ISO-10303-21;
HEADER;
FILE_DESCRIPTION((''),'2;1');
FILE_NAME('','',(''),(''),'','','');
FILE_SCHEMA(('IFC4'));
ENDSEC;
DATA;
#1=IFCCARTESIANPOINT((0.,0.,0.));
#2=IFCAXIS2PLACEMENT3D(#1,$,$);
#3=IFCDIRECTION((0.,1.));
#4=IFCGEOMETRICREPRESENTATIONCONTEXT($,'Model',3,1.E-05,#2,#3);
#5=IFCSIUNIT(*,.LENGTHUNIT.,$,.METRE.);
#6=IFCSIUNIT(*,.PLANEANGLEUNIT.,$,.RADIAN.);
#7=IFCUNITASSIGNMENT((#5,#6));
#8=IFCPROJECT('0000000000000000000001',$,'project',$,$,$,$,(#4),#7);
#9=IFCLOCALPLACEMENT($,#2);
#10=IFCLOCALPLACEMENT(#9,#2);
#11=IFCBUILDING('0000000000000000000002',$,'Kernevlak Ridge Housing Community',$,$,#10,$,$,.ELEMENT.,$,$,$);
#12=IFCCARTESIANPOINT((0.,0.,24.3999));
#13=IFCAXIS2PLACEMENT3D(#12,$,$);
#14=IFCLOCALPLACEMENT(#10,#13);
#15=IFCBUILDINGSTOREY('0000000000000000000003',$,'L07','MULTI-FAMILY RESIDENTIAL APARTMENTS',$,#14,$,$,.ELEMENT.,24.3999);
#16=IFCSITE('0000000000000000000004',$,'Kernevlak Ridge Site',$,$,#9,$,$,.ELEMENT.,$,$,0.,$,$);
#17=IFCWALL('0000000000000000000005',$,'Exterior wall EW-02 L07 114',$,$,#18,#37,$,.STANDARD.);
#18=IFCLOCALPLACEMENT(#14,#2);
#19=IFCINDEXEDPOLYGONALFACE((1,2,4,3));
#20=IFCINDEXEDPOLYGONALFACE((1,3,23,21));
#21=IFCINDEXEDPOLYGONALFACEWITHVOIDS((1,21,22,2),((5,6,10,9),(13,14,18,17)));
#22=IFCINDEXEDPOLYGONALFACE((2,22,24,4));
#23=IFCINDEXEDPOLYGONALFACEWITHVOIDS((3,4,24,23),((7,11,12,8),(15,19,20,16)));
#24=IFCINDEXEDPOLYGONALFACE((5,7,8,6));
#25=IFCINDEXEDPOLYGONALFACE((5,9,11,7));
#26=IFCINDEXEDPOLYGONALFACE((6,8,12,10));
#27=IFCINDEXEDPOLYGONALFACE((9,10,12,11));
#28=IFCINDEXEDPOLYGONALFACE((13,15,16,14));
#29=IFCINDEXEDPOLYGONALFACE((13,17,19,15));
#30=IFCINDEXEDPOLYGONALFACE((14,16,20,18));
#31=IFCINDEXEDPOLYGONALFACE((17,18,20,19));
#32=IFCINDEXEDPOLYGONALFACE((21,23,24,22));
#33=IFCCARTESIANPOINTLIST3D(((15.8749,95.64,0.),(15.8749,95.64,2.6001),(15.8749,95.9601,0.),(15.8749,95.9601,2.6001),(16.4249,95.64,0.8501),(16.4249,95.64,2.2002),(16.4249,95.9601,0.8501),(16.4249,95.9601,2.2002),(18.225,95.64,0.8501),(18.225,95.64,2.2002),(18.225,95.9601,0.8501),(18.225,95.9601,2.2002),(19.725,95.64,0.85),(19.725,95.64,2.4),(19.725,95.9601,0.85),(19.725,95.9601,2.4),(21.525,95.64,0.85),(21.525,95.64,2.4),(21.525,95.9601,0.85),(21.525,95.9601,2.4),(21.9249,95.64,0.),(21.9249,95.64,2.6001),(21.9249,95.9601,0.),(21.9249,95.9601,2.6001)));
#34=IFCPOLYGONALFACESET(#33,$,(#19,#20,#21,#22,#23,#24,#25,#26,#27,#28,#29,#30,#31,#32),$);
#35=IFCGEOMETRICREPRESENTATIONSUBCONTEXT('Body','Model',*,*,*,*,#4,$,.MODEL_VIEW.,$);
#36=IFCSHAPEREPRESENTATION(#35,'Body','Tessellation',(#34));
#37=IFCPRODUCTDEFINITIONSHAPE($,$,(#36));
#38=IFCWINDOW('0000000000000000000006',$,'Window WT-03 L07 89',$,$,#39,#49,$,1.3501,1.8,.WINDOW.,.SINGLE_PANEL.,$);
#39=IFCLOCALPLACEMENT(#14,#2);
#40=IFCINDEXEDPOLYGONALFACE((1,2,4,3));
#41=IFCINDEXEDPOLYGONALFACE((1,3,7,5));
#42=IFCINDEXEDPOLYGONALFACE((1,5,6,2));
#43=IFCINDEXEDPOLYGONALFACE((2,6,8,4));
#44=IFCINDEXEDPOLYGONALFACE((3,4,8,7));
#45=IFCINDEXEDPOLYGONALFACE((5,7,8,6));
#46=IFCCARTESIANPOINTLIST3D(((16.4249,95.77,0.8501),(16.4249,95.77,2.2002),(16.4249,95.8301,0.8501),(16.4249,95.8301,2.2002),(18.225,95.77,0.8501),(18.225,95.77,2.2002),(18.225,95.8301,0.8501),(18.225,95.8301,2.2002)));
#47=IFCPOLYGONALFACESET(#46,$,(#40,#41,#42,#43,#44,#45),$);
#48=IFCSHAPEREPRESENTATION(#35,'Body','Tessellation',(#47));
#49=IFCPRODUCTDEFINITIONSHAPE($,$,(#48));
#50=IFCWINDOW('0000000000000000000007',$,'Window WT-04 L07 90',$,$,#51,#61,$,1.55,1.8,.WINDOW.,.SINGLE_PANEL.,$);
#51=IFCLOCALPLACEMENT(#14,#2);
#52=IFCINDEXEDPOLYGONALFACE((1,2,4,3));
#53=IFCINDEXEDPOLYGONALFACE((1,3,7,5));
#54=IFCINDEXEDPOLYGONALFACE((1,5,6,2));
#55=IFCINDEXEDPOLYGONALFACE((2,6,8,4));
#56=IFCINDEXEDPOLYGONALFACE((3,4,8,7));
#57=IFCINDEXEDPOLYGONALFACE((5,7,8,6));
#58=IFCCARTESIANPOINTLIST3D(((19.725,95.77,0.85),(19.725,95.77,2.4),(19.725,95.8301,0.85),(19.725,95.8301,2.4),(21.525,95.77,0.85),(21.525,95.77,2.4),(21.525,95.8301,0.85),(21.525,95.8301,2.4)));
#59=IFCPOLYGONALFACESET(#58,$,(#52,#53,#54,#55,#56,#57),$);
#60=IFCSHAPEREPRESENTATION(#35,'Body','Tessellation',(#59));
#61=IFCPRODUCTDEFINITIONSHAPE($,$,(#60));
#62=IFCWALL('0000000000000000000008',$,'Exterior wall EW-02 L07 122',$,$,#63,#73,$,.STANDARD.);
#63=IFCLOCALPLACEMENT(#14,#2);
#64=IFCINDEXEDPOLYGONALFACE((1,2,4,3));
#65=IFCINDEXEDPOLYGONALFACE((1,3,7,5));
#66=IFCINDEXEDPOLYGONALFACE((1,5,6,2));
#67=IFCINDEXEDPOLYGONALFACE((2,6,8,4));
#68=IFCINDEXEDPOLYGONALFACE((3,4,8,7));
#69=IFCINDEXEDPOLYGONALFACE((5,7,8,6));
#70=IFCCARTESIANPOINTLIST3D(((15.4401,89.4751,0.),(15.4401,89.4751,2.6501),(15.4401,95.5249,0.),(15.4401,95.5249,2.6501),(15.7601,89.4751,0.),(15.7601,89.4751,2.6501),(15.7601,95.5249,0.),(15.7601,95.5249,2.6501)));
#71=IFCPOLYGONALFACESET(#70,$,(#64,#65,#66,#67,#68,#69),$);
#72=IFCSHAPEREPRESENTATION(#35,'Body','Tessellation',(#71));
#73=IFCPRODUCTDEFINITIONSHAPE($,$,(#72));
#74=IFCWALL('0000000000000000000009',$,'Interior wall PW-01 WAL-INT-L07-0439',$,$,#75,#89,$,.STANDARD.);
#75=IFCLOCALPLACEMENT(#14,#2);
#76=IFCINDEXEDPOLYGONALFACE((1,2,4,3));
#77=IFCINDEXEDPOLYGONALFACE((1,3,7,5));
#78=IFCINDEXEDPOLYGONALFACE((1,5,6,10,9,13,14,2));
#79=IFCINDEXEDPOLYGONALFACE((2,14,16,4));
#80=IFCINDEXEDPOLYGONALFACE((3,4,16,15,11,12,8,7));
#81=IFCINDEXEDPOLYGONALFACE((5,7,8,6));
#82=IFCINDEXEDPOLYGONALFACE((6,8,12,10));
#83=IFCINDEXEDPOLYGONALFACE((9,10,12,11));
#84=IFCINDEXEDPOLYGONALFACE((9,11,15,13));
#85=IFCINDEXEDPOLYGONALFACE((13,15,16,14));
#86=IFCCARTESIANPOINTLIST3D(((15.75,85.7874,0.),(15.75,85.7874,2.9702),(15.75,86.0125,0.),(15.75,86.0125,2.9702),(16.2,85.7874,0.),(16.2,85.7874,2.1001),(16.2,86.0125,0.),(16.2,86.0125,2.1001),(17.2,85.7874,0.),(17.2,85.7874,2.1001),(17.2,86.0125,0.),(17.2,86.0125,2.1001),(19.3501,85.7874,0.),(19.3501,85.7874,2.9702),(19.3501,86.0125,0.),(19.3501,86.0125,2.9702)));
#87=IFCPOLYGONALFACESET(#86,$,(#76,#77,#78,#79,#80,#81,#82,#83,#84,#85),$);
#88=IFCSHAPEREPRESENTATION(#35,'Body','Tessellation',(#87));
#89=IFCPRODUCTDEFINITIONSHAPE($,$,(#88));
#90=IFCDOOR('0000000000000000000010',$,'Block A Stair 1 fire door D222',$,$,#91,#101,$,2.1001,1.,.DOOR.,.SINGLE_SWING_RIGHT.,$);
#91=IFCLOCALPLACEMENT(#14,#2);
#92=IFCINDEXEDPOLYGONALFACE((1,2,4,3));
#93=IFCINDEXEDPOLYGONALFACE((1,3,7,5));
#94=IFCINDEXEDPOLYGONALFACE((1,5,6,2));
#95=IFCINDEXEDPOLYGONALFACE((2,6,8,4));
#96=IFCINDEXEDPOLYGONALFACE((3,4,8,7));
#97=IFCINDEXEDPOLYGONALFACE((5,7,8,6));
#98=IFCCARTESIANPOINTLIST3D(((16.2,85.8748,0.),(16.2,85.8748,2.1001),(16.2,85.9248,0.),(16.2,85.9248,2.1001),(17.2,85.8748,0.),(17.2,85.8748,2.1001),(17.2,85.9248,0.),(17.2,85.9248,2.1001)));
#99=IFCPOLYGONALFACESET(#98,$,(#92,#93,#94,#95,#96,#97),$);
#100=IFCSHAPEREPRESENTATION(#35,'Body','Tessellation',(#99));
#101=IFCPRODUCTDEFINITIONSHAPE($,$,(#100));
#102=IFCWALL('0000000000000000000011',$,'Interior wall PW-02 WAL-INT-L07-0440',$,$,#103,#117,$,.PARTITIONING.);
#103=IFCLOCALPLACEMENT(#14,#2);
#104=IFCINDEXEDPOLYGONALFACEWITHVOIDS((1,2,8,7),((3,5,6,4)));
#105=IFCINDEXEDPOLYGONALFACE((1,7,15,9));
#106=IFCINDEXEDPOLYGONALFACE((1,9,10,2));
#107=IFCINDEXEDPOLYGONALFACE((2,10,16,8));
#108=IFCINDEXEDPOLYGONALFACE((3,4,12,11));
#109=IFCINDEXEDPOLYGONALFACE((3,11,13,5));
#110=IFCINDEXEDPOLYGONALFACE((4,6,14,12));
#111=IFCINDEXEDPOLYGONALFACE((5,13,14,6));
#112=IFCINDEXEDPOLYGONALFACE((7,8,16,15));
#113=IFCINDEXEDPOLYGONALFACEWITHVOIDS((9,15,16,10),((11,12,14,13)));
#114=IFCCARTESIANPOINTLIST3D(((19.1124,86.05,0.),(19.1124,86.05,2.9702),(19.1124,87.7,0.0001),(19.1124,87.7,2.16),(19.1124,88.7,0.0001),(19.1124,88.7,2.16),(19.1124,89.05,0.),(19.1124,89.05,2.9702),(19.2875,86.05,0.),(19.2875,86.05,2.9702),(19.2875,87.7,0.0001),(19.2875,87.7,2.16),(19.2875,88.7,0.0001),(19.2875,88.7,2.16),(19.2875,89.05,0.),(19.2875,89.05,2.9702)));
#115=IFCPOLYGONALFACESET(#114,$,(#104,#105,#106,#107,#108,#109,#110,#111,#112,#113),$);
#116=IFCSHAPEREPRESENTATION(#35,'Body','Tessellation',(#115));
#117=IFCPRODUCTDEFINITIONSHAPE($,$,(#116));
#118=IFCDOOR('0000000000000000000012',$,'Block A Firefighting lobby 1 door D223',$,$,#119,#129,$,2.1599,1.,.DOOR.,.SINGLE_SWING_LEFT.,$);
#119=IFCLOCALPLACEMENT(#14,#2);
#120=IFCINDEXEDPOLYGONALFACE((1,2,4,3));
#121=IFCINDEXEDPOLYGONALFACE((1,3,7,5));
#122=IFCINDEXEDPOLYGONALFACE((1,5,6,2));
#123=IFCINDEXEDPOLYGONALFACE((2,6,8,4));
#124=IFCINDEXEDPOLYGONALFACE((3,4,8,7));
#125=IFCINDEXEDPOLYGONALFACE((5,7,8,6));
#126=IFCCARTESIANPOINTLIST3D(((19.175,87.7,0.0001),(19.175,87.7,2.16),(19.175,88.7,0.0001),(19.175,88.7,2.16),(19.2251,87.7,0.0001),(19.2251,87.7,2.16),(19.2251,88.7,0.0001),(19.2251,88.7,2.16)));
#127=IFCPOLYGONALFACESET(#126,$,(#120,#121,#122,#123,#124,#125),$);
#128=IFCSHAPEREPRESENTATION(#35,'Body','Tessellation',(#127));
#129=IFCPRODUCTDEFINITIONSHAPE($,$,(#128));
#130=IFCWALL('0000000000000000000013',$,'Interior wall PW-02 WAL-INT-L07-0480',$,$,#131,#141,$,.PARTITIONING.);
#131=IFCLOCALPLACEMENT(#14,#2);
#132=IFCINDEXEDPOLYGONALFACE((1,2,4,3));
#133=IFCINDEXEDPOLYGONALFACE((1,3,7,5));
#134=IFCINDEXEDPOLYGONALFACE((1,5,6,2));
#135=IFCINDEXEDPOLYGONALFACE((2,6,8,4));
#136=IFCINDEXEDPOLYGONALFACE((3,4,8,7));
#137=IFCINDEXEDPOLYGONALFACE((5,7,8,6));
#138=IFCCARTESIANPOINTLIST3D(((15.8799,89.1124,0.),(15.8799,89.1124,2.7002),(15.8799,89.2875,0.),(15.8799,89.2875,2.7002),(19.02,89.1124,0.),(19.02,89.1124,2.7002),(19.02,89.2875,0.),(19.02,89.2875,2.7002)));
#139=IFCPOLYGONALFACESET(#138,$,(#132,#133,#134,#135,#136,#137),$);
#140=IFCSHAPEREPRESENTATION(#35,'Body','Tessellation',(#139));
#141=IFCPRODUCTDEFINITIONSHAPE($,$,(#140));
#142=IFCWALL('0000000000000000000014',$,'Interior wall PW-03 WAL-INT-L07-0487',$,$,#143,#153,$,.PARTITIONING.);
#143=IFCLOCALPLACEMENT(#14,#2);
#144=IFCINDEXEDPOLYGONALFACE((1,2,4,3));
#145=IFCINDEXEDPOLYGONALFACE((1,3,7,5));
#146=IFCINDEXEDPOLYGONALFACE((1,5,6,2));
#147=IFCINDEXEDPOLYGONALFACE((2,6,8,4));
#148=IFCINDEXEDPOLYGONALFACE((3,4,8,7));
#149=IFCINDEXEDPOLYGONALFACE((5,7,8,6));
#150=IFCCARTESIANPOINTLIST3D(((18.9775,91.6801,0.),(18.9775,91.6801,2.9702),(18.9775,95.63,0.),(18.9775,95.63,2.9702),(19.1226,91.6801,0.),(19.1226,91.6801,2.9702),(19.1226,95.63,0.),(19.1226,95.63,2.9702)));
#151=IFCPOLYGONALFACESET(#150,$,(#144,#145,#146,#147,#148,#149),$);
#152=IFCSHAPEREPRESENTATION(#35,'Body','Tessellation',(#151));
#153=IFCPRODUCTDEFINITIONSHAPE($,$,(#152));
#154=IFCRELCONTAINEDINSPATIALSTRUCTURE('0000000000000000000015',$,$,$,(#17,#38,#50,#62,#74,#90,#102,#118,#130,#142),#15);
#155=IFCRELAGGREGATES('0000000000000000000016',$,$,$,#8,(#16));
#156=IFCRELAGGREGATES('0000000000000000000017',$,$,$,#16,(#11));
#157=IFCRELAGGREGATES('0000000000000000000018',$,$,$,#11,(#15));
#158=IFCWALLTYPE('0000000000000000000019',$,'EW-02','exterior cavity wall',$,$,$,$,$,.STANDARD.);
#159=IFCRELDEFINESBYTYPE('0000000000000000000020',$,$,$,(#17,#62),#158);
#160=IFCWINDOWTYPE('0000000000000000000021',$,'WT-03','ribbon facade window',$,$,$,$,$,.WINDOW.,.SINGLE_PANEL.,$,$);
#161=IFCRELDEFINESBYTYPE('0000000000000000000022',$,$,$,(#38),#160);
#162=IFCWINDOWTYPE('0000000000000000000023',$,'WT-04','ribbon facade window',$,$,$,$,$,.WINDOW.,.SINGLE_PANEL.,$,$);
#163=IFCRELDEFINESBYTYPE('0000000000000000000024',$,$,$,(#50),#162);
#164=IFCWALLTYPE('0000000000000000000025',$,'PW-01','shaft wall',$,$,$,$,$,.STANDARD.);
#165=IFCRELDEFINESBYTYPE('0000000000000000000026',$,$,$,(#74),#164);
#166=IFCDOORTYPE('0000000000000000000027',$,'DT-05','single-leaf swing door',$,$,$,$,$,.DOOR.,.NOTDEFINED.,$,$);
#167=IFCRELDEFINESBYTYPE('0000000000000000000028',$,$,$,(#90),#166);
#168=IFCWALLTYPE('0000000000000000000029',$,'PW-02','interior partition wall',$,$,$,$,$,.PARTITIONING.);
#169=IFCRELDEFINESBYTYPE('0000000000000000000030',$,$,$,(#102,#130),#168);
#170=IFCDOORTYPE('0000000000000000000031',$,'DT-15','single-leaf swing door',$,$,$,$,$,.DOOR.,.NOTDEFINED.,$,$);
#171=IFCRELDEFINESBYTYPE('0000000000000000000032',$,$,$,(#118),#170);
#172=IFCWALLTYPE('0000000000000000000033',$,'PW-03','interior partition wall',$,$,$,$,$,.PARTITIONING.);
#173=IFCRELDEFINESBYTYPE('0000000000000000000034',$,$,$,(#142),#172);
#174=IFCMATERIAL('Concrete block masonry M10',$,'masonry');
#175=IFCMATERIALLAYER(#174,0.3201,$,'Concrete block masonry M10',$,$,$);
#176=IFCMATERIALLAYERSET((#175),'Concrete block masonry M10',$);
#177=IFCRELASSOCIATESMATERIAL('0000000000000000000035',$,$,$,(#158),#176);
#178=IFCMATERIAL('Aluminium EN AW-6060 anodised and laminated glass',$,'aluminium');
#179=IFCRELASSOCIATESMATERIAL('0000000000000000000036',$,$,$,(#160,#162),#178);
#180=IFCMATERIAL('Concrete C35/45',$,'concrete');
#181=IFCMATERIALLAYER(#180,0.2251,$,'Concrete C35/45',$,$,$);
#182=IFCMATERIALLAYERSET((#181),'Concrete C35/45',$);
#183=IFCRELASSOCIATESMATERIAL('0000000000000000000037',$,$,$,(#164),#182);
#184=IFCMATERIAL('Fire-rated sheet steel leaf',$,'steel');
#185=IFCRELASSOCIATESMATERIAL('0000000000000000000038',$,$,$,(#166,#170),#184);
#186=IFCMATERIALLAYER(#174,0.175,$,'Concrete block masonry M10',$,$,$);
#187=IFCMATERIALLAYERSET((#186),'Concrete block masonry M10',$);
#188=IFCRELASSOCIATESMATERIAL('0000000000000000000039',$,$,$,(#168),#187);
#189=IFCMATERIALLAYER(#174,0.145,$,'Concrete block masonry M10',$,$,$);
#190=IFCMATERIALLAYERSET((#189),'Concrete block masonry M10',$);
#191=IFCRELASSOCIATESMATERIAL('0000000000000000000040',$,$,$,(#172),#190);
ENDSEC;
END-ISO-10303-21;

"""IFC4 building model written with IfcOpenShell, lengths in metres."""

from ifc_helpers import new_model, si_unit, direction, frame, frame_2d, origin, place, context, subcontext, project, spatial, rectangle, extrude, material, layer, layer_set, type_object, element, fill, save


model = new_model("IFC4")

# Units and contexts
model_context = context("Model", 3, precision=1e-05, world=origin(), true_north=direction((0.0, 1.0)))
body_context = subcontext(model_context, "Body", "Model", "MODEL_VIEW")
ifc_project = project(units=[si_unit("LENGTHUNIT", "METRE"), si_unit("PLANEANGLEUNIT", "RADIAN")], contexts=[model_context])

# Site, building, storey
site_placement = place(None, origin())
site = spatial("IfcSite", under=ifc_project, at=site_placement, Name="Kernevlak Ridge Site", CompositionType="ELEMENT", RefElevation=0.0)
building_placement = place(site_placement, origin())
building = spatial("IfcBuilding", under=site, at=building_placement, Name="Kernevlak Ridge Housing Community", CompositionType="ELEMENT")
storey_placement = place(building_placement, frame((0.0, 0.0, 24.3999)))
storey = spatial("IfcBuildingStorey", under=building, at=storey_placement, Name="L07", Description="MULTI-FAMILY RESIDENTIAL APARTMENTS", CompositionType="ELEMENT", Elevation=24.3999)

# Shared definitions
ifc_material_1 = material(Name="Concrete C35/45", Category="concrete")

# Shared definitions
ifc_material_2 = material(Name="Aluminium EN AW-6060 anodised and laminated glass", Category="aluminium")

# Wall, openings, windows
ifc_material_3 = material(Name="Concrete block masonry M10", Category="masonry")
ifc_layer_1 = layer(ifc_material_3, 0.3201, Name="Concrete block masonry M10")
ifc_layer_set_1 = layer_set([ifc_layer_1], Name="Concrete block masonry M10")
wall_type_1 = type_object("IfcWallType", Name="EW-02", Description="exterior cavity wall", PredefinedType="STANDARD", material=ifc_layer_set_1)
wall_1_placement = place(storey_placement, frame((15.875, 95.8, 0.0), z_axis=(0.0, 0.0, 1.0), x_axis=(1.0, 0.0, 0.0)))
wall_1 = element("IfcWall", 1, at=wall_1_placement, inside=storey, type_object=wall_type_1, Name="Exterior wall EW-02 L07 114", PredefinedType="STANDARD", context=body_context, shape_type="SweptSolid", body=[
    extrude(rectangle(XDim=6.05, YDim=0.3201, at=frame_2d((3.0249, 0.0))), origin(), (0.0, 0.0, 1.0), 2.6001),
])
opening_1_placement = place(wall_1_placement, frame((0.55, 0.0, 0.8501)))
opening_1 = element("IfcOpeningElement", 2, at=opening_1_placement, cuts=wall_1, PredefinedType="OPENING", context=body_context, shape_type="SweptSolid", body=[
    extrude(rectangle(XDim=1.8, YDim=1.3501, at=frame_2d((0.8999, 0.675))), frame((0.0, 0.1699, 0.0), z_axis=(0.0, -1.0, 0.0), x_axis=(1.0, 0.0, 0.0)), (0.0, 0.0, 1.0), 0.3401),
])
opening_2_placement = place(wall_1_placement, frame((3.8501, 0.0, 0.8501)))
opening_2 = element("IfcOpeningElement", 3, at=opening_2_placement, cuts=wall_1, PredefinedType="OPENING", context=body_context, shape_type="SweptSolid", body=[
    extrude(rectangle(XDim=1.8, YDim=1.55, at=frame_2d((0.8999, 0.7749))), frame((0.0, 0.1699, 0.0), z_axis=(0.0, -1.0, 0.0), x_axis=(1.0, 0.0, 0.0)), (0.0, 0.0, 1.0), 0.3401),
])
window_type_1 = type_object("IfcWindowType", Name="WT-03", Description="ribbon facade window", PartitioningType="SINGLE_PANEL", PredefinedType="WINDOW", material=ifc_material_2)
window_1_placement = place(opening_1_placement, origin())
window_1 = element("IfcWindow", 4, at=window_1_placement, inside=storey, type_object=window_type_1, Name="Window WT-03 L07 89", OverallHeight=1.3501, OverallWidth=1.8, PartitioningType="SINGLE_PANEL", PredefinedType="WINDOW", context=body_context, shape_type="SweptSolid", body=[
    extrude(rectangle(XDim=1.8, YDim=1.3501, at=frame_2d((0.8999, 0.675))), frame((0.0, 0.03, 0.0), z_axis=(0.0, -1.0, 0.0), x_axis=(1.0, 0.0, 0.0)), (0.0, 0.0, 1.0), 0.0601),
])
fill(opening_1, window_1)
window_type_2 = type_object("IfcWindowType", Name="WT-04", Description="ribbon facade window", PartitioningType="SINGLE_PANEL", PredefinedType="WINDOW", material=ifc_material_2)
window_2_placement = place(opening_2_placement, origin())
window_2 = element("IfcWindow", 5, at=window_2_placement, inside=storey, type_object=window_type_2, Name="Window WT-04 L07 90", OverallHeight=1.55, OverallWidth=1.8, PartitioningType="SINGLE_PANEL", PredefinedType="WINDOW", context=body_context, shape_type="SweptSolid", body=[
    extrude(rectangle(XDim=1.8, YDim=1.55, at=frame_2d((0.8999, 0.7749))), frame((0.0, 0.03, 0.0), z_axis=(0.0, -1.0, 0.0), x_axis=(1.0, 0.0, 0.0)), (0.0, 0.0, 1.0), 0.0601),
])
fill(opening_2, window_2)

# Wall
wall_2_placement = place(storey_placement, frame((15.6001, 89.4751, 0.0), z_axis=(0.0, 0.0, 1.0), x_axis=(0.0, 1.0, 0.0)))
element("IfcWall", 6, at=wall_2_placement, inside=storey, type_object=wall_type_1, Name="Exterior wall EW-02 L07 122", PredefinedType="STANDARD", context=body_context, shape_type="SweptSolid", body=[
    extrude(rectangle(XDim=6.0498, YDim=0.3201, at=frame_2d((3.0249, 0.0))), origin(), (0.0, 0.0, 1.0), 2.6501),
])

# Walls, openings, doors
ifc_layer_2 = layer(ifc_material_1, 0.2251, Name="Concrete C35/45")
ifc_layer_set_2 = layer_set([ifc_layer_2], Name="Concrete C35/45")
wall_type_2 = type_object("IfcWallType", Name="PW-01", Description="shaft wall", PredefinedType="STANDARD", material=ifc_layer_set_2)
wall_3_placement = place(storey_placement, frame((15.75, 85.8999, 0.0), z_axis=(0.0, 0.0, 1.0), x_axis=(1.0, 0.0, 0.0)))
wall_3 = element("IfcWall", 7, at=wall_3_placement, inside=storey, type_object=wall_type_2, Name="Interior wall PW-01 WAL-INT-L07-0439", PredefinedType="STANDARD", context=body_context, shape_type="SweptSolid", body=[
    extrude(rectangle(XDim=3.6001, YDim=0.2251, at=frame_2d((1.8, 0.0))), origin(), (0.0, 0.0, 1.0), 2.9702),
])
opening_3_placement = place(wall_3_placement, frame((0.45, 0.0, 0.0)))
opening_3 = element("IfcOpeningElement", 8, at=opening_3_placement, cuts=wall_3, PredefinedType="OPENING", context=body_context, shape_type="SweptSolid", body=[
    extrude(rectangle(XDim=1.0, YDim=2.1001, at=frame_2d((0.5, 1.05))), frame((0.0, 0.1226, 0.0), z_axis=(0.0, -1.0, 0.0), x_axis=(1.0, 0.0, 0.0)), (0.0, 0.0, 1.0), 0.2451),
])
ifc_material_4 = material(Name="Fire-rated sheet steel leaf", Category="steel")
door_type_1 = type_object("IfcDoorType", Name="DT-05", Description="single-leaf swing door", OperationType="NOTDEFINED", PredefinedType="DOOR", material=ifc_material_4)
door_1_placement = place(opening_3_placement, origin())
door_1 = element("IfcDoor", 9, at=door_1_placement, inside=storey, type_object=door_type_1, Name="Block A Stair 1 fire door D222", OperationType="SINGLE_SWING_RIGHT", OverallHeight=2.1001, OverallWidth=1.0, PredefinedType="DOOR", context=body_context, shape_type="SweptSolid", body=[
    extrude(rectangle(XDim=1.0, YDim=2.1001, at=frame_2d((0.5, 1.05))), frame((0.0, 0.0249, 0.0), z_axis=(0.0, -1.0, 0.0), x_axis=(1.0, 0.0, 0.0)), (0.0, 0.0, 1.0), 0.05),
])
fill(opening_3, door_1)
ifc_layer_3 = layer(ifc_material_3, 0.175, Name="Concrete block masonry M10")
ifc_layer_set_3 = layer_set([ifc_layer_3], Name="Concrete block masonry M10")
wall_type_3 = type_object("IfcWallType", Name="PW-02", Description="interior partition wall", PredefinedType="PARTITIONING", material=ifc_layer_set_3)
wall_4_placement = place(storey_placement, frame((19.2, 86.05, 0.0), z_axis=(0.0, 0.0, 1.0), x_axis=(0.0, 1.0, 0.0)))
wall_4 = element("IfcWall", 10, at=wall_4_placement, inside=storey, type_object=wall_type_3, Name="Interior wall PW-02 WAL-INT-L07-0440", PredefinedType="PARTITIONING", context=body_context, shape_type="SweptSolid", body=[
    extrude(rectangle(XDim=3.0, YDim=0.175, at=frame_2d((1.5, 0.0))), origin(), (0.0, 0.0, 1.0), 2.9702),
])
opening_4_placement = place(wall_4_placement, frame((1.6499, 0.0, 0.0)))
opening_4 = element("IfcOpeningElement", 11, at=opening_4_placement, cuts=wall_4, PredefinedType="OPENING", context=body_context, shape_type="SweptSolid", body=[
    extrude(rectangle(XDim=1.0, YDim=2.1599, at=frame_2d((0.5, 1.0801))), frame((0.0, 0.0974, 0.0), z_axis=(0.0, -1.0, 0.0), x_axis=(1.0, 0.0, 0.0)), (0.0, 0.0, 1.0), 0.1951),
])
door_type_2 = type_object("IfcDoorType", Name="DT-15", Description="single-leaf swing door", OperationType="NOTDEFINED", PredefinedType="DOOR", material=ifc_material_4)
door_2_placement = place(opening_4_placement, origin())
door_2 = element("IfcDoor", 12, at=door_2_placement, inside=storey, type_object=door_type_2, Name="Block A Firefighting lobby 1 door D223", OperationType="SINGLE_SWING_LEFT", OverallHeight=2.1599, OverallWidth=1.0, PredefinedType="DOOR", context=body_context, shape_type="SweptSolid", body=[
    extrude(rectangle(XDim=1.0, YDim=2.1599, at=frame_2d((0.5, 1.0801))), frame((0.0, 0.0249, 0.0), z_axis=(0.0, -1.0, 0.0), x_axis=(1.0, 0.0, 0.0)), (0.0, 0.0, 1.0), 0.05),
])
fill(opening_4, door_2)

# Walls
wall_5_placement = place(storey_placement, frame((15.8799, 89.2, 0.0), z_axis=(0.0, 0.0, 1.0), x_axis=(1.0, 0.0, 0.0)))
element("IfcWall", 13, at=wall_5_placement, inside=storey, type_object=wall_type_3, Name="Interior wall PW-02 WAL-INT-L07-0480", PredefinedType="PARTITIONING", context=body_context, shape_type="SweptSolid", body=[
    extrude(rectangle(XDim=3.1401, YDim=0.175, at=frame_2d((1.5701, 0.0))), origin(), (0.0, 0.0, 1.0), 2.7002),
])
ifc_layer_4 = layer(ifc_material_3, 0.145, Name="Concrete block masonry M10")
ifc_layer_set_4 = layer_set([ifc_layer_4], Name="Concrete block masonry M10")
wall_type_4 = type_object("IfcWallType", Name="PW-03", Description="interior partition wall", PredefinedType="PARTITIONING", material=ifc_layer_set_4)
wall_6_placement = place(storey_placement, frame((19.05, 91.6799, 0.0), z_axis=(0.0, 0.0, 1.0), x_axis=(0.0, 1.0, 0.0)))
element("IfcWall", 14, at=wall_6_placement, inside=storey, type_object=wall_type_4, Name="Interior wall PW-03 WAL-INT-L07-0487", PredefinedType="PARTITIONING", context=body_context, shape_type="SweptSolid", body=[
    extrude(rectangle(XDim=3.95, YDim=0.145, at=frame_2d((1.9751, 0.0))), origin(), (0.0, 0.0, 1.0), 2.9702),
])

save(model, "model.ifc")
